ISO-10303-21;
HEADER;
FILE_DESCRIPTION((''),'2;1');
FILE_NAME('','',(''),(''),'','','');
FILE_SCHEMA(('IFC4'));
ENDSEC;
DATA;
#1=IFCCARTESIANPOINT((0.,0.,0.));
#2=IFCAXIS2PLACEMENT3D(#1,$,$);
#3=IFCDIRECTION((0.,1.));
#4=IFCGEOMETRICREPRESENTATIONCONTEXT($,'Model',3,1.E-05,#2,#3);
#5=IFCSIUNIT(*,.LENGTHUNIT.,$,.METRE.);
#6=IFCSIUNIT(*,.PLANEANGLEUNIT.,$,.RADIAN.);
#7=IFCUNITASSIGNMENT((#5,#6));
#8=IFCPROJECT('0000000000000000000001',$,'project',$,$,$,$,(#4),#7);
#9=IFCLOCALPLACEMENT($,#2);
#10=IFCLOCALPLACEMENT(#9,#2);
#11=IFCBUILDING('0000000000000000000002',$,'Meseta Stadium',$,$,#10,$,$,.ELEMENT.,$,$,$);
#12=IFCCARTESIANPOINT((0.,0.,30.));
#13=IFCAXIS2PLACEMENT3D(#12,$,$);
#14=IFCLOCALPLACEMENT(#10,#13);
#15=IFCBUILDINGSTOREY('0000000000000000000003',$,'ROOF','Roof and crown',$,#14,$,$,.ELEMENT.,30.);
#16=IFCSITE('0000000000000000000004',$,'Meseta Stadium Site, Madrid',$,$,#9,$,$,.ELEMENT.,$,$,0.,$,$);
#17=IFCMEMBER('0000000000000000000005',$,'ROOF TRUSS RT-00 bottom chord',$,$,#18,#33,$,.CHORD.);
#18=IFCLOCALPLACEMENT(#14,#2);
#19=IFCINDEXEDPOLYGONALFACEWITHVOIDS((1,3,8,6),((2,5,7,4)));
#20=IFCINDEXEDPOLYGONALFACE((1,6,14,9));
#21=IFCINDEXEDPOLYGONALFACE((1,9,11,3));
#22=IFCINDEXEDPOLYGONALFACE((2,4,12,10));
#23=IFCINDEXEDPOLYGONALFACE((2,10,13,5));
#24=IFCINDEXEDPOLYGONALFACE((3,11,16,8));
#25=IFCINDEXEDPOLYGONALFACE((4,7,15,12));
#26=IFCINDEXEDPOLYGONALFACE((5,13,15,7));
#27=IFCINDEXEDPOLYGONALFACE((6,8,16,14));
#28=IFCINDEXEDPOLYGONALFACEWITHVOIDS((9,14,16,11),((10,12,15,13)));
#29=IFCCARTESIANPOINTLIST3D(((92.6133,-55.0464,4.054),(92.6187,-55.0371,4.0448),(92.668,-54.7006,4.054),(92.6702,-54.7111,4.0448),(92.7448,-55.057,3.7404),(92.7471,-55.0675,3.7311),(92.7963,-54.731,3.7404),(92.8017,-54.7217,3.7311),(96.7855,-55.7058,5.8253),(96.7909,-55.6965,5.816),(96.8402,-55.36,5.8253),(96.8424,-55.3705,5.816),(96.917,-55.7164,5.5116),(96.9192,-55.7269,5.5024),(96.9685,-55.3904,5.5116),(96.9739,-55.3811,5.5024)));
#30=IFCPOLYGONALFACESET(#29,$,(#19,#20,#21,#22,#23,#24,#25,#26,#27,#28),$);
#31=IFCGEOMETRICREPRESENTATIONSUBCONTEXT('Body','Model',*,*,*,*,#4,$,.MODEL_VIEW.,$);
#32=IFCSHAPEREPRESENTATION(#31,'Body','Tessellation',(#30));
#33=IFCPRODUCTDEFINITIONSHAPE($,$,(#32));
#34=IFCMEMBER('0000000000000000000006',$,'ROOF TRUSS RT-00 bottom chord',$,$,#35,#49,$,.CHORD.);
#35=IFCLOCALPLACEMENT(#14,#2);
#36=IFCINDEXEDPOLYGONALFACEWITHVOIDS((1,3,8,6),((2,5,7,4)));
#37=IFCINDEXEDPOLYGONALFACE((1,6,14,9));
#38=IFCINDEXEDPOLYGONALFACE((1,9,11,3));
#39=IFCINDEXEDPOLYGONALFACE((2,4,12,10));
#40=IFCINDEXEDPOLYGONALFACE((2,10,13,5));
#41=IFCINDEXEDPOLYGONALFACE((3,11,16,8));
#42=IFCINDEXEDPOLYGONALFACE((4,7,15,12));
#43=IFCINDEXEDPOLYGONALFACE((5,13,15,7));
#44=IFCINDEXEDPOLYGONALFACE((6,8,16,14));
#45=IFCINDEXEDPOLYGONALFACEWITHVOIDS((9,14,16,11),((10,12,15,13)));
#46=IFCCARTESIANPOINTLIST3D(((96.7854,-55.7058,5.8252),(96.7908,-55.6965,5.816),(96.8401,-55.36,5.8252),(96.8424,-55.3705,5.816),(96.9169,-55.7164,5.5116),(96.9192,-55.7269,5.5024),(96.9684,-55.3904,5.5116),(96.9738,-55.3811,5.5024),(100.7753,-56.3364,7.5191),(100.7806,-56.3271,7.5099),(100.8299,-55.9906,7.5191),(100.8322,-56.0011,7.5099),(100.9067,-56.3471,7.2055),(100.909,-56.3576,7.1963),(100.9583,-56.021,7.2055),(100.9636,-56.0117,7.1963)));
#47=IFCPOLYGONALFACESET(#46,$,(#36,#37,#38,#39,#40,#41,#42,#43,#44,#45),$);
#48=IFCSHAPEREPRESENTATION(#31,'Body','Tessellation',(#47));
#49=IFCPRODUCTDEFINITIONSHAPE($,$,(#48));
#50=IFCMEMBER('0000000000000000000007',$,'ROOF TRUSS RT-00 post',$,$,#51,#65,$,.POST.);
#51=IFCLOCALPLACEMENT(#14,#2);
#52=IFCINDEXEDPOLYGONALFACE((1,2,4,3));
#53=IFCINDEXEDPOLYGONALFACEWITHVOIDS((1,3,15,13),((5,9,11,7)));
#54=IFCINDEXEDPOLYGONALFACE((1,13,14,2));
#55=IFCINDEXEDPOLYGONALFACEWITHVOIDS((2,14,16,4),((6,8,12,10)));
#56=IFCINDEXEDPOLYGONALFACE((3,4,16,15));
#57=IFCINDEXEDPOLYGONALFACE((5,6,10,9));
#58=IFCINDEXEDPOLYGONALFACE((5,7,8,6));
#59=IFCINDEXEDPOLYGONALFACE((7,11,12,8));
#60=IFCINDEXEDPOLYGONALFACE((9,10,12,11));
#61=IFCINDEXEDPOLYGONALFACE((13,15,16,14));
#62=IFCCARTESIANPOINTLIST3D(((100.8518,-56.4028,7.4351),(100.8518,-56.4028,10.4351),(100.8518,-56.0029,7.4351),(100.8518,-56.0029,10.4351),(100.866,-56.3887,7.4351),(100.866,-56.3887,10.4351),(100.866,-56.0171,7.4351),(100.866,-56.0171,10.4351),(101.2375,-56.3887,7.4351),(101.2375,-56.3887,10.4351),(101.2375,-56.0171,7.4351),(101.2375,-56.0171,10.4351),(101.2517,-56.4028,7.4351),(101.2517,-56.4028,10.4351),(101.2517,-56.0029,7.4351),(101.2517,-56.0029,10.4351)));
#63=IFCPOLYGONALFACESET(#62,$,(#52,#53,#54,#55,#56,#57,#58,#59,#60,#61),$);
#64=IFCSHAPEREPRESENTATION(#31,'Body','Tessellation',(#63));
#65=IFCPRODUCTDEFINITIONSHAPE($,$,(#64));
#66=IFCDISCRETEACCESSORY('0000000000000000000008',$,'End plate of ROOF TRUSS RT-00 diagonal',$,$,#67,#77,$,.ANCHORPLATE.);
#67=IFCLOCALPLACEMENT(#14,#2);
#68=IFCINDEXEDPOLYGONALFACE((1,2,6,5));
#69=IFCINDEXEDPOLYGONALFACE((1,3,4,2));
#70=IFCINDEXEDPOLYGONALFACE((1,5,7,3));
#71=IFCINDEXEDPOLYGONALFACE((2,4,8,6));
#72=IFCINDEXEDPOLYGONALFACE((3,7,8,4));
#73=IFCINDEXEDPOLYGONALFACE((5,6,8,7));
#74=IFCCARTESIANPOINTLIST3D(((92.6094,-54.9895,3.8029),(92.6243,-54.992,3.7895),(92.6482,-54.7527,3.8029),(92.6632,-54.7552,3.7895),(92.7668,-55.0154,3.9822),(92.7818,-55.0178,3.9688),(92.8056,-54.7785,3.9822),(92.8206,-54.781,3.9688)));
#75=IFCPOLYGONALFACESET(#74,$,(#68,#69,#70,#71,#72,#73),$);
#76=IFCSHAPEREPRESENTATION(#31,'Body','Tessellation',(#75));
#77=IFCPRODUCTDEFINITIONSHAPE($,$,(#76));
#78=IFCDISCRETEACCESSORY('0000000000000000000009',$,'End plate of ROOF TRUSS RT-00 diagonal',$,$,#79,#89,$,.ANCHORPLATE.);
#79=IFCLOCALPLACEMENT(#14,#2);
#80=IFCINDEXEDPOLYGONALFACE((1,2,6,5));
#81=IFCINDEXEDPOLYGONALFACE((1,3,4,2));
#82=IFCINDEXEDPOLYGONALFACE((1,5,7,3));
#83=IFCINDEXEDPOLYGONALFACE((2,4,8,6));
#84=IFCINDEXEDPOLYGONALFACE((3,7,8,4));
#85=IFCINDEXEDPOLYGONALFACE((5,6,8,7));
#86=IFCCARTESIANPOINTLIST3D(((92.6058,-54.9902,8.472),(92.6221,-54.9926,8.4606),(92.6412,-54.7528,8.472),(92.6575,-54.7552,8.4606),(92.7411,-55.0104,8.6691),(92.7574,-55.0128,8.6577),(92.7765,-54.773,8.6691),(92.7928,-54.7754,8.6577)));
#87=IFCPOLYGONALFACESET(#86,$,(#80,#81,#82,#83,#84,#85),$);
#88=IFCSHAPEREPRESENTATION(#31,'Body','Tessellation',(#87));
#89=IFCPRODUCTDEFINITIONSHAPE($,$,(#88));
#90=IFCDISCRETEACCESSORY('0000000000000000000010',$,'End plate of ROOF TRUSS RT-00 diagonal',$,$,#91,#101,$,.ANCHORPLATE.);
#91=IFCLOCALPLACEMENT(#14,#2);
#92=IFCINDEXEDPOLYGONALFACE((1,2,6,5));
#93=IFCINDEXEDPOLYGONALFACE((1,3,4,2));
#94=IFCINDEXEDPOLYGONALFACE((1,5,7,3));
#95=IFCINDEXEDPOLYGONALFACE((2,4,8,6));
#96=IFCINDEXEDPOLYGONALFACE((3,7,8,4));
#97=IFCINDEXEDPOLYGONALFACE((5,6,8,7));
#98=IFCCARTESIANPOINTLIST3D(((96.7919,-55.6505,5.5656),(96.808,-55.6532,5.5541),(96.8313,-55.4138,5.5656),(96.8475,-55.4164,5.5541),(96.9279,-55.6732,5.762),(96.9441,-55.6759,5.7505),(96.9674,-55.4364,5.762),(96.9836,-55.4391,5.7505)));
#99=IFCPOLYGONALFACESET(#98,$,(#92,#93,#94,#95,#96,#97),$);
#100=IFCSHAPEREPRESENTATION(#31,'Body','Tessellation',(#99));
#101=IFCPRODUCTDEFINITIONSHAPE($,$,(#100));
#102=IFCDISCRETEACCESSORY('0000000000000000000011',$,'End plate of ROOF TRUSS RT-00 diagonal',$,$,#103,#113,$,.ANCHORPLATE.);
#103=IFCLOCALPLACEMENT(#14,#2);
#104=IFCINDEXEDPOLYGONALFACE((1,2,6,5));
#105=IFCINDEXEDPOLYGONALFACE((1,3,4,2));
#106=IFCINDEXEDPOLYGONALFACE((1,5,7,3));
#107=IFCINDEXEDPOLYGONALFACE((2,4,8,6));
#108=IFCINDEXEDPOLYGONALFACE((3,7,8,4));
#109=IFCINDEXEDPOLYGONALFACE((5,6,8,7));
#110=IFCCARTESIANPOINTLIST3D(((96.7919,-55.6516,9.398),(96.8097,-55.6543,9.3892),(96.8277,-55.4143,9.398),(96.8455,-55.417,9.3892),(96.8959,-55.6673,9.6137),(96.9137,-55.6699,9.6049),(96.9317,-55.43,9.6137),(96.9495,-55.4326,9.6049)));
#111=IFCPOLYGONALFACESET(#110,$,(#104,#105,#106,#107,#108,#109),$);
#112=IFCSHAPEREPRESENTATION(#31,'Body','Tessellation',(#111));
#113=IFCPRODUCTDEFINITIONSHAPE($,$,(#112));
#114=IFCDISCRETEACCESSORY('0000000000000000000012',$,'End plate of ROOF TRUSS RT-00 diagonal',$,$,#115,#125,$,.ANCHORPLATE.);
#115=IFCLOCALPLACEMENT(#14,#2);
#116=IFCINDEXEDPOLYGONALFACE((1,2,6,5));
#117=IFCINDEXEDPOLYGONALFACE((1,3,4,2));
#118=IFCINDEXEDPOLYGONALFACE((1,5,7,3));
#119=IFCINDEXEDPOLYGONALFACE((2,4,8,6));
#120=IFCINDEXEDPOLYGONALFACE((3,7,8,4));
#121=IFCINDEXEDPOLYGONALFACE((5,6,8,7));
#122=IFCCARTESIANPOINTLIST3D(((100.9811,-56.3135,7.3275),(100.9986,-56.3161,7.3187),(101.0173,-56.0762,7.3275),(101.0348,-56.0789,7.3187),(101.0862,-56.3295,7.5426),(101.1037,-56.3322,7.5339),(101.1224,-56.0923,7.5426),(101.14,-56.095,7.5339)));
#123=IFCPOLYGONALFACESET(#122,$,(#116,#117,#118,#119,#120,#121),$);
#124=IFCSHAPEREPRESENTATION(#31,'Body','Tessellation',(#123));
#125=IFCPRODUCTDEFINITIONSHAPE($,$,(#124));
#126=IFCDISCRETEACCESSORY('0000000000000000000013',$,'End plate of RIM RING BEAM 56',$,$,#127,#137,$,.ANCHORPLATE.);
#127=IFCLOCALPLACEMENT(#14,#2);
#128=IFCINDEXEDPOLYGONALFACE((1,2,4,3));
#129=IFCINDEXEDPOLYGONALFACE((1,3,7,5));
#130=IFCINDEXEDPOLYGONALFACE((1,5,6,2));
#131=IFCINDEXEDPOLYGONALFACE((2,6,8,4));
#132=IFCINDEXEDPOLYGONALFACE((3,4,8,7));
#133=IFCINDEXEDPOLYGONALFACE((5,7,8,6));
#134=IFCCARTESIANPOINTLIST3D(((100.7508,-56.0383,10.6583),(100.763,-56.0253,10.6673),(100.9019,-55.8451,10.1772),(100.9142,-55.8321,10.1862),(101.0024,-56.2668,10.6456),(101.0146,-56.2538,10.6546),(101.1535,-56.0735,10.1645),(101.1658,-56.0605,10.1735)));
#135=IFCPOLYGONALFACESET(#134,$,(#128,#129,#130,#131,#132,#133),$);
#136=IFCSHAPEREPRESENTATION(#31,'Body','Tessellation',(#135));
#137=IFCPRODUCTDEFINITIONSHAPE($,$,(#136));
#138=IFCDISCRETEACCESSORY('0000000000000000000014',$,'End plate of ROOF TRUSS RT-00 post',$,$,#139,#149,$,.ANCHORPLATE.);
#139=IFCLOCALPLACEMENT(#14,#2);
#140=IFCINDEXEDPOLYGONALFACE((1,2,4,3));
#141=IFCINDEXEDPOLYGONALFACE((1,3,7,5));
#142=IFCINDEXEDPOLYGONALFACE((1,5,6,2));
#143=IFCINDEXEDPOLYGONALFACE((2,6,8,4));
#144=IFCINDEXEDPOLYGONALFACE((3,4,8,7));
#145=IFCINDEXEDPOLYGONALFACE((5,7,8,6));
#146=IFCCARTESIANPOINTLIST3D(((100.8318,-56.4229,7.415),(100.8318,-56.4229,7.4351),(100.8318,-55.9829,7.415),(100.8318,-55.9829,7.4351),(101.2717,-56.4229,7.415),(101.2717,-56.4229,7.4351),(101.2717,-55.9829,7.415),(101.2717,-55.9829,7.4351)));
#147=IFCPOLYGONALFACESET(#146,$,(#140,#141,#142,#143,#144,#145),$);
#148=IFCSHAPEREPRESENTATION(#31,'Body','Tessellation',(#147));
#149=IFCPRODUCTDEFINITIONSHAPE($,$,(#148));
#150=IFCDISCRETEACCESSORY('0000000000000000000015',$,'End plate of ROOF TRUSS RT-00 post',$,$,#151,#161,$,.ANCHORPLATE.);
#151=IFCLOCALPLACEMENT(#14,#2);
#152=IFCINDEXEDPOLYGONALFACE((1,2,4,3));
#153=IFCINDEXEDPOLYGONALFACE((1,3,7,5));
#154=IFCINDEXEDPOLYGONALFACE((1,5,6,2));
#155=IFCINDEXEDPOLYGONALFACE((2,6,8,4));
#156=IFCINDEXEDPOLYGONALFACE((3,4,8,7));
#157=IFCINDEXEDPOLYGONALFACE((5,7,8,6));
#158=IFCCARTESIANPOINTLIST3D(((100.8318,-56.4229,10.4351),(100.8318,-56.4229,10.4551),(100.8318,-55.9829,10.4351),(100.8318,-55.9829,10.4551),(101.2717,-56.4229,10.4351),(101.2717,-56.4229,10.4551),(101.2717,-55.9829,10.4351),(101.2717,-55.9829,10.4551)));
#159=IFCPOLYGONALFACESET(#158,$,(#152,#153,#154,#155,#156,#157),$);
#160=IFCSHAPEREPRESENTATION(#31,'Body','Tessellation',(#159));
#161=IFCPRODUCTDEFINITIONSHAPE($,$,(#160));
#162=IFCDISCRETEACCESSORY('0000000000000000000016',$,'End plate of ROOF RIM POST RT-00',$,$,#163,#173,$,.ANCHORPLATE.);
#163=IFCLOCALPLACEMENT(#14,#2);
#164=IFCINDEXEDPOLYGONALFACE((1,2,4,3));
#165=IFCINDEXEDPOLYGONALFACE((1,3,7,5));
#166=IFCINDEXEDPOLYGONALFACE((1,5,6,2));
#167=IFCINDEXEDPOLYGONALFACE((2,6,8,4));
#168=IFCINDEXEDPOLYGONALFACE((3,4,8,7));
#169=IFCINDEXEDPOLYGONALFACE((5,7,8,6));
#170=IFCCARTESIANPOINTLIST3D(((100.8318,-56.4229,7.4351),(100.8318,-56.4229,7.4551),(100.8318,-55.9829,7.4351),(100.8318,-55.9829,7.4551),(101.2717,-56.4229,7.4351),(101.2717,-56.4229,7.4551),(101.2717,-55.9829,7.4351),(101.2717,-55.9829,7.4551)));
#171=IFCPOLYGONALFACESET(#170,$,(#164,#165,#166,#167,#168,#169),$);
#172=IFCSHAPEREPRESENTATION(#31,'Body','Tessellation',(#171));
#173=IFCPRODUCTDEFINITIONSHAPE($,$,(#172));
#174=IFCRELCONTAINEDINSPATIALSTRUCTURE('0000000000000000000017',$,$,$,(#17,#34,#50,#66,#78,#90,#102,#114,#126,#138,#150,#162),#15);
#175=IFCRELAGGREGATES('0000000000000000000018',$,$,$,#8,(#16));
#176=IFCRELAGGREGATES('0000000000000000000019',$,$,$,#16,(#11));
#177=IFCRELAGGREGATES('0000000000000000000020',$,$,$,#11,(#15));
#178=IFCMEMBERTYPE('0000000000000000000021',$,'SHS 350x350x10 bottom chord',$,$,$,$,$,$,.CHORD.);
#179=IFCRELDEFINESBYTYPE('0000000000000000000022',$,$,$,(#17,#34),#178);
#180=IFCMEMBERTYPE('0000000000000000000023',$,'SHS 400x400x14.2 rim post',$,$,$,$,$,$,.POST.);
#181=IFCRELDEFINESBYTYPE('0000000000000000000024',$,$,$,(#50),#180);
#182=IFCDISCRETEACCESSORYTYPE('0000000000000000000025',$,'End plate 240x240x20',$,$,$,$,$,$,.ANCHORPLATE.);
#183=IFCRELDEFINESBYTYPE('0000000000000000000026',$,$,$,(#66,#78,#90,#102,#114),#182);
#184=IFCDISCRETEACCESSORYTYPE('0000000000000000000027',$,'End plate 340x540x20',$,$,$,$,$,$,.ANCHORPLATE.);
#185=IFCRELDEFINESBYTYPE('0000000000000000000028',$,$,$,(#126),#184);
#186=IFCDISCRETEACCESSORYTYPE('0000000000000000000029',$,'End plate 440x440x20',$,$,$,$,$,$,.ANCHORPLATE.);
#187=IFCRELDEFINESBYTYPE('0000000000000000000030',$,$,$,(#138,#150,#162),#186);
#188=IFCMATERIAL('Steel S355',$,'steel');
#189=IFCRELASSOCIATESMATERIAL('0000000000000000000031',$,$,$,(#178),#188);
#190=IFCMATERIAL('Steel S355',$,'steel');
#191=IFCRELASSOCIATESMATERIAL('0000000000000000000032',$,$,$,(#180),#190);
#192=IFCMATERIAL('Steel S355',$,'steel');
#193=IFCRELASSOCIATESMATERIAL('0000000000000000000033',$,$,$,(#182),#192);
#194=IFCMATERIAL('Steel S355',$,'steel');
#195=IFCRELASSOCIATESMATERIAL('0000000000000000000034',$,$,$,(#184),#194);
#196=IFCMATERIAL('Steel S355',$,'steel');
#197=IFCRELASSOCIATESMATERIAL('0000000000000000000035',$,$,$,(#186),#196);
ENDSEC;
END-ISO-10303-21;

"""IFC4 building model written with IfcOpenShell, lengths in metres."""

from ifc_helpers import new_model, si_unit, direction, frame, origin, origin_2d, place, context, subcontext, project, spatial, rectangle, hollow_rectangle, extrude, material, material_profile, profile_set, type_object, element, save


model = new_model("IFC4")

# Units and contexts
model_context = context("Model", 3, precision=1e-05, world=origin(), true_north=direction((0.0, 1.0)))
body_context = subcontext(model_context, "Body", "Model", "MODEL_VIEW")
ifc_project = project(units=[si_unit("LENGTHUNIT", "METRE"), si_unit("PLANEANGLEUNIT", "RADIAN")], contexts=[model_context])

# Site, building, storey
site_placement = place(None, origin())
site = spatial("IfcSite", under=ifc_project, at=site_placement, Name="Meseta Stadium Site, Madrid", CompositionType="ELEMENT", RefElevation=0.0)
building_placement = place(site_placement, origin())
building = spatial("IfcBuilding", under=site, at=building_placement, Name="Meseta Stadium", CompositionType="ELEMENT")
storey_placement = place(building_placement, frame((0.0, 0.0, 30.0)))
storey = spatial("IfcBuildingStorey", under=building, at=storey_placement, Name="ROOF", Description="Roof and crown", CompositionType="ELEMENT", Elevation=30.0)

# Members
ifc_material_1 = material(Name="Steel S355", Category="steel")
ifc_material_profile_1 = material_profile(ifc_material_1, hollow_rectangle(XDim=0.3501, YDim=0.3501, WallThickness=0.01, at=origin_2d()), Name="SHS 350x350x10")
ifc_profile_set_1 = profile_set([ifc_material_profile_1], Name="Steel S355")
member_type_1 = type_object("IfcMemberType", Name="SHS 350x350x10 bottom chord", PredefinedType="CHORD", material=ifc_profile_set_1)
for number, where, z_axis, x_axis, name in (
    (1, (92.7075, -54.884, 3.8926), (0.910893, -0.143971, 0.386712), (0.156117, 0.987739, 0.0), "ROOF TRUSS RT-00 bottom chord"),
):
    element("IfcMember", number, at=place(storey_placement, frame(where, z_axis=z_axis, x_axis=x_axis)), inside=storey, type_object=member_type_1, Name=name, PredefinedType="CHORD", context=body_context, shape_type="SweptSolid", body=[
        extrude(hollow_rectangle(XDim=0.3501, YDim=0.3501, WallThickness=0.01, at=origin_2d()), origin(), (0.0, 0.0, 1.0), 4.5803),
    ])
member_1_placement = place(storey_placement, frame((96.8796, -55.5435, 5.6638), z_axis=(0.91089, -0.143974, 0.386718), x_axis=(0.156121, 0.987738, 0.0)))
element("IfcMember", 2, at=member_1_placement, inside=storey, type_object=member_type_1, Name="ROOF TRUSS RT-00 bottom chord", PredefinedType="CHORD", context=body_context, shape_type="SweptSolid", body=[
    extrude(hollow_rectangle(XDim=0.3501, YDim=0.3501, WallThickness=0.01, at=origin_2d()), origin(), (0.0, 0.0, 1.0), 4.3801),
])
ifc_material_2 = material(Name="Steel S355", Category="steel")
ifc_material_profile_2 = material_profile(ifc_material_2, hollow_rectangle(XDim=0.3999, YDim=0.3999, WallThickness=0.0142, at=origin_2d()), Name="SHS 400x400x14.2")
ifc_profile_set_2 = profile_set([ifc_material_profile_2], Name="Steel S355")
member_type_2 = type_object("IfcMemberType", Name="SHS 400x400x14.2 rim post", PredefinedType="POST", material=ifc_profile_set_2)
member_2_placement = place(storey_placement, frame((101.0518, -56.2029, 7.4351), z_axis=(0.0, 0.0, 1.0), x_axis=(1.0, 0.0, 0.0)))
element("IfcMember", 3, at=member_2_placement, inside=storey, type_object=member_type_2, Name="ROOF TRUSS RT-00 post", PredefinedType="POST", context=body_context, shape_type="SweptSolid", body=[
    extrude(hollow_rectangle(XDim=0.3999, YDim=0.3999, WallThickness=0.0142, at=origin_2d()), origin(), (0.0, 0.0, 1.0), 3.0),
])

# Discrete accessories
ifc_material_3 = material(Name="Steel S355", Category="steel")
ifc_material_profile_3 = material_profile(ifc_material_3, rectangle(XDim=0.24, YDim=0.24, at=origin_2d()), Name="PL 240x240")
ifc_profile_set_3 = profile_set([ifc_material_profile_3], Name="Steel S355")
discrete_accessory_type_1 = type_object("IfcDiscreteAccessoryType", Name="End plate 240x240x20", PredefinedType="ANCHORPLATE", material=ifc_profile_set_3)
discrete_accessory_1_placement = place(storey_placement, frame((92.7075, -54.884, 3.8926), z_axis=(0.737244, -0.12086, -0.664728), x_axis=(0.161775, 0.986828, 0.0)))
element("IfcDiscreteAccessory", 4, at=discrete_accessory_1_placement, inside=storey, type_object=discrete_accessory_type_1, Name="End plate of ROOF TRUSS RT-00 diagonal", PredefinedType="ANCHORPLATE", context=body_context, shape_type="SweptSolid", body=[
    extrude(rectangle(XDim=0.24, YDim=0.24, at=origin_2d()), origin(), (0.0, 0.0, 1.0), 0.0203),
])
for number, where, z_axis, x_axis, name in (
    (5, (92.6912, -54.8816, 8.5706), (0.812614, -0.121286, -0.570043), (0.147619, 0.989044, 0.0), "End plate of ROOF TRUSS RT-00 diagonal"),
    (6, (96.8796, -55.5435, 5.6638), (0.807162, -0.134527, -0.574797), (0.164399, 0.986394, 0.0), "End plate of ROOF TRUSS RT-00 diagonal"),
    (7, (96.8618, -55.5408, 9.5059), (0.888791, -0.133927, -0.438308), (0.149003, 0.988837, 0.0), "End plate of ROOF TRUSS RT-00 diagonal"),
):
    element("IfcDiscreteAccessory", number, at=place(storey_placement, frame(where, z_axis=z_axis, x_axis=x_axis)), inside=storey, type_object=discrete_accessory_type_1, Name=name, PredefinedType="ANCHORPLATE", context=body_context, shape_type="SweptSolid", body=[
        extrude(rectangle(XDim=0.24, YDim=0.24, at=origin_2d()), origin(), (0.0, 0.0, 1.0), 0.02),
    ])
discrete_accessory_2_placement = place(storey_placement, frame((101.0518, -56.2029, 7.4351), z_axis=(0.886192, -0.13539, -0.443096), x_axis=(0.151025, 0.98853, 0.0)))
element("IfcDiscreteAccessory", 8, at=discrete_accessory_2_placement, inside=storey, type_object=discrete_accessory_type_1, Name="End plate of ROOF TRUSS RT-00 diagonal", PredefinedType="ANCHORPLATE", context=body_context, shape_type="SweptSolid", body=[
    extrude(rectangle(XDim=0.24, YDim=0.24, at=origin_2d()), origin(), (0.0, 0.0, 1.0), 0.0198),
])
ifc_material_4 = material(Name="Steel S355", Category="steel")
ifc_material_profile_4 = material_profile(ifc_material_4, rectangle(XDim=0.3401, YDim=0.54, at=origin_2d()), Name="PL 340x540")
ifc_profile_set_4 = profile_set([ifc_material_profile_4], Name="Steel S355")
discrete_accessory_type_2 = type_object("IfcDiscreteAccessoryType", Name="End plate 340x540x20", PredefinedType="ANCHORPLATE", material=ifc_profile_set_4)
discrete_accessory_3_placement = place(storey_placement, frame((100.9521, -56.0559, 10.4114), z_axis=(0.611853, 0.648564, 0.452771), x_axis=(-0.739775, 0.671816, 0.037364)))
element("IfcDiscreteAccessory", 9, at=discrete_accessory_3_placement, inside=storey, type_object=discrete_accessory_type_2, Name="End plate of RIM RING BEAM 56", PredefinedType="ANCHORPLATE", context=body_context, shape_type="SweptSolid", body=[
    extrude(rectangle(XDim=0.3401, YDim=0.54, at=origin_2d()), origin(), (0.0, 0.0, 1.0), 0.02),
])
ifc_material_5 = material(Name="Steel S355", Category="steel")
ifc_material_profile_5 = material_profile(ifc_material_5, rectangle(XDim=0.4399, YDim=0.4399, at=origin_2d()), Name="PL 440x440")
ifc_profile_set_5 = profile_set([ifc_material_profile_5], Name="Steel S355")
discrete_accessory_type_3 = type_object("IfcDiscreteAccessoryType", Name="End plate 440x440x20", PredefinedType="ANCHORPLATE", material=ifc_profile_set_5)
for number, where, z_axis, x_axis, name in (
    (10, (101.0518, -56.2029, 7.415), (0.0, 0.0, 1.0), (1.0, 0.0, 0.0), "End plate of ROOF TRUSS RT-00 post"),
    (11, (101.0518, -56.2029, 10.4351), (0.0, 0.0, 1.0), (1.0, 0.0, 0.0), "End plate of ROOF TRUSS RT-00 post"),
    (12, (101.0518, -56.2029, 7.4351), (0.0, 0.0, 1.0), (1.0, 0.0, 0.0), "End plate of ROOF RIM POST RT-00"),
):
    element("IfcDiscreteAccessory", number, at=place(storey_placement, frame(where, z_axis=z_axis, x_axis=x_axis)), inside=storey, type_object=discrete_accessory_type_3, Name=name, PredefinedType="ANCHORPLATE", context=body_context, shape_type="SweptSolid", body=[
        extrude(rectangle(XDim=0.4399, YDim=0.4399, at=origin_2d()), origin(), (0.0, 0.0, 1.0), 0.02),
    ])

save(model, "model.ifc")
